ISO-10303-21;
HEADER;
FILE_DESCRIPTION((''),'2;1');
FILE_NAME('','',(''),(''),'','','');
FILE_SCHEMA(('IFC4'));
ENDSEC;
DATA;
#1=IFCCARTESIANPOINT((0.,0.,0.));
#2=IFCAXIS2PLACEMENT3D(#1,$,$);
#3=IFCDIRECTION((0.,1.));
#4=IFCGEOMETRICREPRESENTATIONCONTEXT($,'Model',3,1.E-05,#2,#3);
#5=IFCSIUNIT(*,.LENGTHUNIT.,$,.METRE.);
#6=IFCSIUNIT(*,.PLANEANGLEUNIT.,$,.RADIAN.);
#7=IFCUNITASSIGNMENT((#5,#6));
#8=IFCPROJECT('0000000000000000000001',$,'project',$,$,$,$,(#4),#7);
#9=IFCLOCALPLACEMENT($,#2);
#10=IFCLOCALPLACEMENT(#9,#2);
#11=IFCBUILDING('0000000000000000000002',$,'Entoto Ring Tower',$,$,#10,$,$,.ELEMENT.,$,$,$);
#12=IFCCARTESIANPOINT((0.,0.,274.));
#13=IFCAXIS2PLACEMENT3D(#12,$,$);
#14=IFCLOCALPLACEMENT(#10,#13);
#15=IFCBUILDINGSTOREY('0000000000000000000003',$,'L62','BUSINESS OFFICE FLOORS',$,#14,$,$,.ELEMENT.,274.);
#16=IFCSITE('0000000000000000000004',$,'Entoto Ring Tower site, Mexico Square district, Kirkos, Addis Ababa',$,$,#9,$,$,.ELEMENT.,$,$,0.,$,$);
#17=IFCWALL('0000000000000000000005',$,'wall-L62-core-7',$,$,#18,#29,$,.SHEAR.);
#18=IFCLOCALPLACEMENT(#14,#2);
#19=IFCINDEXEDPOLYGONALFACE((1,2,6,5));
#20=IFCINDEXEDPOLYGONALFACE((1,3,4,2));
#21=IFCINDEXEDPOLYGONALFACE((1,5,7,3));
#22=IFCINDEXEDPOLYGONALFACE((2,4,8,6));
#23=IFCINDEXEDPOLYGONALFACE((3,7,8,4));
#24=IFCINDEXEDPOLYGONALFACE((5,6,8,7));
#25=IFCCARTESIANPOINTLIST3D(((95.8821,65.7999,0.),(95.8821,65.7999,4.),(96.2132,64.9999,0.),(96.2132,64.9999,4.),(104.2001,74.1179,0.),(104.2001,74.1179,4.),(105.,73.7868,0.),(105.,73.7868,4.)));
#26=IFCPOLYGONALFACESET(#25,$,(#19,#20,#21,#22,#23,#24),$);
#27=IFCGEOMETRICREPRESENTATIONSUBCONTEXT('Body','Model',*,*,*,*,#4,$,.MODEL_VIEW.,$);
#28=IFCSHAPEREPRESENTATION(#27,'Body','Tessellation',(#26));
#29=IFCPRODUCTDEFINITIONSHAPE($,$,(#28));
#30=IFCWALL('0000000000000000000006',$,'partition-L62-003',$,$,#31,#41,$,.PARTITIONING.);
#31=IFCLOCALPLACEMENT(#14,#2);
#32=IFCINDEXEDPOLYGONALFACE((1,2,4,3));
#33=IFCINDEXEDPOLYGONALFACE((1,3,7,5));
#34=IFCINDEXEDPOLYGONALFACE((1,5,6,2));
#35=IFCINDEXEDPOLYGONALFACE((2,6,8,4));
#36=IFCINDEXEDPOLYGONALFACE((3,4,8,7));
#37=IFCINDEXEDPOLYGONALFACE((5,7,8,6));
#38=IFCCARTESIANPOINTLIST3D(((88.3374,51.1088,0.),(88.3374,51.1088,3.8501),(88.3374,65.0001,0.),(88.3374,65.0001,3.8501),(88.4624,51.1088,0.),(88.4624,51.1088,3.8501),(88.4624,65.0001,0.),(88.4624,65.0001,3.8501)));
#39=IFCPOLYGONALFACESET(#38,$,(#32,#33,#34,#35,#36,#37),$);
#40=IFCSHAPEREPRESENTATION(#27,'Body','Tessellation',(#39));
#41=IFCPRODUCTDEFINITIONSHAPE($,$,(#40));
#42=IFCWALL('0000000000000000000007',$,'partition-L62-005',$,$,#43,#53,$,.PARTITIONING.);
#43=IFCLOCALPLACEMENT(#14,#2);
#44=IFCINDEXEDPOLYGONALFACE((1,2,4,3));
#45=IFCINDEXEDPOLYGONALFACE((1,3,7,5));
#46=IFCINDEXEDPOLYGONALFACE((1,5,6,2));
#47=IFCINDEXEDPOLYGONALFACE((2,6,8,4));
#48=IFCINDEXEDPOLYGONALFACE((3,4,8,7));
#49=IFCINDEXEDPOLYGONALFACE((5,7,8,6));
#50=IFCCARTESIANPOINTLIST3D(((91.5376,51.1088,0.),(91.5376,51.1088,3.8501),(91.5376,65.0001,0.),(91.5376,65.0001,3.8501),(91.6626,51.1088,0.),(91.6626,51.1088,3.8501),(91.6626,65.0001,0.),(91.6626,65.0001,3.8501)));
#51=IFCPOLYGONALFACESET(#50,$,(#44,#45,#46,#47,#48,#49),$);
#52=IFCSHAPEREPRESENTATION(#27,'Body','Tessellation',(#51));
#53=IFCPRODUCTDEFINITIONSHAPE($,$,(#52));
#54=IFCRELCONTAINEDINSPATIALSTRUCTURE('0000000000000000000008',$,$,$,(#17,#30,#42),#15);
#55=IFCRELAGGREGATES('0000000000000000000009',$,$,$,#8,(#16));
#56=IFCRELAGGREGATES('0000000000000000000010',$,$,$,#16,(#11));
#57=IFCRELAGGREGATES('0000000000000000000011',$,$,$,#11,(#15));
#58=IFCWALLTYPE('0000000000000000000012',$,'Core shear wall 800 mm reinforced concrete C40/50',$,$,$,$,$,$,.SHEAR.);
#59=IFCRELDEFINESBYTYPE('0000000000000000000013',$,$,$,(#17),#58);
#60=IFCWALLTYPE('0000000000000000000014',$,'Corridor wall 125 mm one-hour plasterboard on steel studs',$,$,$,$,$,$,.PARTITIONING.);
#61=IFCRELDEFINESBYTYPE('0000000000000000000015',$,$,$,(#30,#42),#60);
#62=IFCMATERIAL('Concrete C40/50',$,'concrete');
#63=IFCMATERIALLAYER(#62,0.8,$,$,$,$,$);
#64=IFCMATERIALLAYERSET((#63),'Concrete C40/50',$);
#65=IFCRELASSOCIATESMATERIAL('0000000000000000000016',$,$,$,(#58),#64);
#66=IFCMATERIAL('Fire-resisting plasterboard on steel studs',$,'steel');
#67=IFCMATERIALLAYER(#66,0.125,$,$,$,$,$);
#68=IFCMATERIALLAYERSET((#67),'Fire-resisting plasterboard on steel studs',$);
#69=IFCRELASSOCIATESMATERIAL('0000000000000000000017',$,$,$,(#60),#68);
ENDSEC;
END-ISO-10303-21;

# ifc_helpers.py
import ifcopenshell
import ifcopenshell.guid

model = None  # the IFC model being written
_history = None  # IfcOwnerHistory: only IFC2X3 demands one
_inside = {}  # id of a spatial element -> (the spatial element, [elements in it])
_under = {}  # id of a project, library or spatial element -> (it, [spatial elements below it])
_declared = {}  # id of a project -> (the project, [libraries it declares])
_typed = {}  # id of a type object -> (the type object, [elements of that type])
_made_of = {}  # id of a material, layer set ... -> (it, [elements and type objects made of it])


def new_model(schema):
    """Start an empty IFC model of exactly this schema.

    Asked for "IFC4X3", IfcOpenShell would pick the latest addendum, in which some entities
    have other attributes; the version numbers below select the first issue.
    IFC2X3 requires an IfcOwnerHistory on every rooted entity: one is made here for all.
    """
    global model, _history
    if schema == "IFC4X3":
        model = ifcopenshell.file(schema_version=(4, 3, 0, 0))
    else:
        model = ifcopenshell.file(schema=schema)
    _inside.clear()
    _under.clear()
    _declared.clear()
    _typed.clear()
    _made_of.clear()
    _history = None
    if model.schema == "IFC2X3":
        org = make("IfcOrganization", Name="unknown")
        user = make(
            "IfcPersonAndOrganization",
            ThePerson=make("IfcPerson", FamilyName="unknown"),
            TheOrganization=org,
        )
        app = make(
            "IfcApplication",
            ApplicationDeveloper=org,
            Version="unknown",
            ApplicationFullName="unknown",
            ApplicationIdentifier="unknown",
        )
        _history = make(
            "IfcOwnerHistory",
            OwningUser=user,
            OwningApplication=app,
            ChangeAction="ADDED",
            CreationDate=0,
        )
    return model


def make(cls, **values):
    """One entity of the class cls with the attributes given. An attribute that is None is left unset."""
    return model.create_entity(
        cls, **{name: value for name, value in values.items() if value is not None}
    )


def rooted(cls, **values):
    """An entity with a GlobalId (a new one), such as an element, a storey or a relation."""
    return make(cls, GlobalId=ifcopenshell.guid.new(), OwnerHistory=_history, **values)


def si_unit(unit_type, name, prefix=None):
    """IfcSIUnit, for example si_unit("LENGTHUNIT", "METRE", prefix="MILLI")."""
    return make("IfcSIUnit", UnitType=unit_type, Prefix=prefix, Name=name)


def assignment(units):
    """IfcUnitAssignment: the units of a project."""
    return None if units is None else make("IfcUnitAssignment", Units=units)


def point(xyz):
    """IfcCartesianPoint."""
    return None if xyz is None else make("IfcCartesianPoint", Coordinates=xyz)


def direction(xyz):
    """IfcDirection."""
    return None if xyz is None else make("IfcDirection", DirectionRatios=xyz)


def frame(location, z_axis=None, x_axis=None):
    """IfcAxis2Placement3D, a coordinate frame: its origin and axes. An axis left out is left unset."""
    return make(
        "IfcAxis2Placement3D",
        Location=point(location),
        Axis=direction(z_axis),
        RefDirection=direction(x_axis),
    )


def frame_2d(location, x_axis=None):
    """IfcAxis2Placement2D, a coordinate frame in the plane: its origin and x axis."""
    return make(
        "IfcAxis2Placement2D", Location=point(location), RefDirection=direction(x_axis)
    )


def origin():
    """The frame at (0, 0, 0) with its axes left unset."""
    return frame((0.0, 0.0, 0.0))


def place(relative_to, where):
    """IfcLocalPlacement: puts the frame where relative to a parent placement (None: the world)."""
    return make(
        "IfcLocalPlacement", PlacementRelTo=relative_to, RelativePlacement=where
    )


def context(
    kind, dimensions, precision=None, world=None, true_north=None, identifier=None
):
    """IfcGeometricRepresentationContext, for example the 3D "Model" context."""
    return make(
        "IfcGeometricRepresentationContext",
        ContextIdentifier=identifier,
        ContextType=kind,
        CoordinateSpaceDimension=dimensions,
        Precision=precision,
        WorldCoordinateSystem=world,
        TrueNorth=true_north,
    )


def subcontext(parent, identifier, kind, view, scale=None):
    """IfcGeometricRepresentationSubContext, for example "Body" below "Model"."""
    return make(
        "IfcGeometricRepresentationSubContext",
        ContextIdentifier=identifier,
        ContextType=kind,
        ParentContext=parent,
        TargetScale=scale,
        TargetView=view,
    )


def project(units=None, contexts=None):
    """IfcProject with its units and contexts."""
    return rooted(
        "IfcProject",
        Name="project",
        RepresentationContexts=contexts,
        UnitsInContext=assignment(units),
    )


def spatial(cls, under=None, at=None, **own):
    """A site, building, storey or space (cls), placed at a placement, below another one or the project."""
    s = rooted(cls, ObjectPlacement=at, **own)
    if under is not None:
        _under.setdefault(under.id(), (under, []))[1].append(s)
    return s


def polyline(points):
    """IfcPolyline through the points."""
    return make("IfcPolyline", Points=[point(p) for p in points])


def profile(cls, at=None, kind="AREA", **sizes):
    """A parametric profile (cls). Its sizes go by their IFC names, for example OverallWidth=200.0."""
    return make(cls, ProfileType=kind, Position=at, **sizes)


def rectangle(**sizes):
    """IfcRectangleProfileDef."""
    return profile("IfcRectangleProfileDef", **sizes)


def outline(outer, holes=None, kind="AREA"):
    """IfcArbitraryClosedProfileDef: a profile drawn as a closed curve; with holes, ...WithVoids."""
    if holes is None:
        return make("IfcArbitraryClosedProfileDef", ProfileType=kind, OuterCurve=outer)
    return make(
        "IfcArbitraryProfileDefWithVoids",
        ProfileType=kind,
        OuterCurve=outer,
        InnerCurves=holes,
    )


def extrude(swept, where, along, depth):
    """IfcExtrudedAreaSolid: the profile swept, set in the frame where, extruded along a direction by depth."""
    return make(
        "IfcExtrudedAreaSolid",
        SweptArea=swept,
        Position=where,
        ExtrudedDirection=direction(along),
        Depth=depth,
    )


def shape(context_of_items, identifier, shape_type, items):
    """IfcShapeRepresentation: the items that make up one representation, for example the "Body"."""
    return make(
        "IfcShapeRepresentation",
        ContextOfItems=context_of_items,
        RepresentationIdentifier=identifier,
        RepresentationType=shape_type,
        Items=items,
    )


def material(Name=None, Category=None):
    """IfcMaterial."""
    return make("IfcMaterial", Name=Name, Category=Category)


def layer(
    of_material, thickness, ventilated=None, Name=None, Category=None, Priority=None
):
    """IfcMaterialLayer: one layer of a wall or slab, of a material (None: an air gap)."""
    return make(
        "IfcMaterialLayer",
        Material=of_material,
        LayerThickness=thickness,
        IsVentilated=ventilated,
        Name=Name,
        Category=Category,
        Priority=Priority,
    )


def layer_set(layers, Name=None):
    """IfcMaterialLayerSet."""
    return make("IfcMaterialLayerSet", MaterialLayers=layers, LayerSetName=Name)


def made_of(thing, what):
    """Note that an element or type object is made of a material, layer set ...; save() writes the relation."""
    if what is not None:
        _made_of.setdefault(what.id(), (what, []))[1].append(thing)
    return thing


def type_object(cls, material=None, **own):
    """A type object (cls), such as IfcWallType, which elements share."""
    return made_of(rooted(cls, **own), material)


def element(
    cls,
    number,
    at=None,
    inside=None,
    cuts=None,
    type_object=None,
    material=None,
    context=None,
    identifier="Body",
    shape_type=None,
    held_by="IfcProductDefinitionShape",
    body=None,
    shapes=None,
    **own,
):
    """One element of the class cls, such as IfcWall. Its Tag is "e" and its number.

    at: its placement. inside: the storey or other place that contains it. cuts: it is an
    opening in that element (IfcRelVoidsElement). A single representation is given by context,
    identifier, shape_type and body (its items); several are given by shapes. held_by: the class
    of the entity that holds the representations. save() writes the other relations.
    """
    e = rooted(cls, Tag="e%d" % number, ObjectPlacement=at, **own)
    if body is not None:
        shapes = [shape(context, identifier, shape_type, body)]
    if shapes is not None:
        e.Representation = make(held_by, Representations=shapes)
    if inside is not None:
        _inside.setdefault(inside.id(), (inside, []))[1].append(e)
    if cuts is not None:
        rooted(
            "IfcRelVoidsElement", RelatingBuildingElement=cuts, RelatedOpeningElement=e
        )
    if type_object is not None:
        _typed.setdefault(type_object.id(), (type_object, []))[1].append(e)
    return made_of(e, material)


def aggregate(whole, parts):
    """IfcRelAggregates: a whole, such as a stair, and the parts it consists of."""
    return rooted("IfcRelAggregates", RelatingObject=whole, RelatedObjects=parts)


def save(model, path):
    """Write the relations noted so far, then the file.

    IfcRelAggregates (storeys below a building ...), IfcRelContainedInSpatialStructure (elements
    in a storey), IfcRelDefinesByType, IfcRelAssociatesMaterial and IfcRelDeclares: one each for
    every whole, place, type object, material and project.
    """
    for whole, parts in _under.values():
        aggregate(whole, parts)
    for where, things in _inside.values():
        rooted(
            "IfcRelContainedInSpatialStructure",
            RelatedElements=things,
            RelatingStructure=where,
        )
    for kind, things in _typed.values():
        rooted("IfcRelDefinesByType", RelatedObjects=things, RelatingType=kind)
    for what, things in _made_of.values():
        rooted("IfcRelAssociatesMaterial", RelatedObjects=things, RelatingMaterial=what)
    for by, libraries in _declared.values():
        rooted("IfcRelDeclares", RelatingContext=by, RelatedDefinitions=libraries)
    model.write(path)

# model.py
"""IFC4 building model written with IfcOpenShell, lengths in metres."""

from ifc_helpers import new_model, si_unit, direction, frame, frame_2d, origin, place, context, subcontext, project, spatial, polyline, rectangle, outline, extrude, material, layer, layer_set, type_object, element, save


model = new_model("IFC4")

# Units and contexts
model_context = context("Model", 3, precision=1e-05, world=origin(), true_north=direction((0.0, 1.0)))
body_context = subcontext(model_context, "Body", "Model", "MODEL_VIEW")
ifc_project = project(units=[si_unit("LENGTHUNIT", "METRE"), si_unit("PLANEANGLEUNIT", "RADIAN")], contexts=[model_context])

# Site, building, storey
site_placement = place(None, origin())
site = spatial("IfcSite", under=ifc_project, at=site_placement, Name="Entoto Ring Tower site, Mexico Square district, Kirkos, Addis Ababa", CompositionType="ELEMENT", RefElevation=0.0)
building_placement = place(site_placement, origin())
building = spatial("IfcBuilding", under=site, at=building_placement, Name="Entoto Ring Tower", CompositionType="ELEMENT")
storey_placement = place(building_placement, frame((0.0, 0.0, 274.0)))
storey = spatial("IfcBuildingStorey", under=building, at=storey_placement, Name="L62", Description="BUSINESS OFFICE FLOORS", CompositionType="ELEMENT", Elevation=274.0)

# Walls
ifc_material_1 = material(Name="Concrete C40/50", Category="concrete")
ifc_layer_1 = layer(ifc_material_1, 0.8)
ifc_layer_set_1 = layer_set([ifc_layer_1], Name="Concrete C40/50")
wall_type_1 = type_object("IfcWallType", Name="Core shear wall 800 mm reinforced concrete C40/50", PredefinedType="SHEAR", material=ifc_layer_set_1)
wall_placement = place(storey_placement, frame((96.0476, 65.3999, 0.0), z_axis=(0.0, 0.0, 1.0), x_axis=(0.707107, 0.707107, 0.0)))
element("IfcWall", 1, at=wall_placement, inside=storey, type_object=wall_type_1, Name="wall-L62-core-7", PredefinedType="SHEAR", context=body_context, shape_type="SweptSolid", body=[
    extrude(outline(polyline([(-0.1658, -0.3999), (12.2607, -0.3999), (11.9292, 0.3999), (0.1658, 0.3999), (-0.1658, -0.3999)])), origin(), (0.0, 0.0, 1.0), 4.0),
])
ifc_material_2 = material(Name="Fire-resisting plasterboard on steel studs", Category="steel")
ifc_layer_2 = layer(ifc_material_2, 0.125)
ifc_layer_set_2 = layer_set([ifc_layer_2], Name="Fire-resisting plasterboard on steel studs")
wall_type_2 = type_object("IfcWallType", Name="Corridor wall 125 mm one-hour plasterboard on steel studs", PredefinedType="PARTITIONING", material=ifc_layer_set_2)
for number, where, z_axis, x_axis, name in (
    (2, (88.3999, 51.1086, 0.0), (0.0, 0.0, 1.0), (0.0, 1.0, 0.0), "partition-L62-003"),
    (3, (91.6001, 51.1086, 0.0), (0.0, 0.0, 1.0), (0.0, 1.0, 0.0), "partition-L62-005"),
):
    element("IfcWall", number, at=place(storey_placement, frame(where, z_axis=z_axis, x_axis=x_axis)), inside=storey, type_object=wall_type_2, Name=name, PredefinedType="PARTITIONING", context=body_context, shape_type="SweptSolid", body=[
        extrude(rectangle(XDim=13.8914, YDim=0.125, at=frame_2d((6.9458, 0.0))), origin(), (0.0, 0.0, 1.0), 3.8501),
    ])

save(model, "model.ifc")
